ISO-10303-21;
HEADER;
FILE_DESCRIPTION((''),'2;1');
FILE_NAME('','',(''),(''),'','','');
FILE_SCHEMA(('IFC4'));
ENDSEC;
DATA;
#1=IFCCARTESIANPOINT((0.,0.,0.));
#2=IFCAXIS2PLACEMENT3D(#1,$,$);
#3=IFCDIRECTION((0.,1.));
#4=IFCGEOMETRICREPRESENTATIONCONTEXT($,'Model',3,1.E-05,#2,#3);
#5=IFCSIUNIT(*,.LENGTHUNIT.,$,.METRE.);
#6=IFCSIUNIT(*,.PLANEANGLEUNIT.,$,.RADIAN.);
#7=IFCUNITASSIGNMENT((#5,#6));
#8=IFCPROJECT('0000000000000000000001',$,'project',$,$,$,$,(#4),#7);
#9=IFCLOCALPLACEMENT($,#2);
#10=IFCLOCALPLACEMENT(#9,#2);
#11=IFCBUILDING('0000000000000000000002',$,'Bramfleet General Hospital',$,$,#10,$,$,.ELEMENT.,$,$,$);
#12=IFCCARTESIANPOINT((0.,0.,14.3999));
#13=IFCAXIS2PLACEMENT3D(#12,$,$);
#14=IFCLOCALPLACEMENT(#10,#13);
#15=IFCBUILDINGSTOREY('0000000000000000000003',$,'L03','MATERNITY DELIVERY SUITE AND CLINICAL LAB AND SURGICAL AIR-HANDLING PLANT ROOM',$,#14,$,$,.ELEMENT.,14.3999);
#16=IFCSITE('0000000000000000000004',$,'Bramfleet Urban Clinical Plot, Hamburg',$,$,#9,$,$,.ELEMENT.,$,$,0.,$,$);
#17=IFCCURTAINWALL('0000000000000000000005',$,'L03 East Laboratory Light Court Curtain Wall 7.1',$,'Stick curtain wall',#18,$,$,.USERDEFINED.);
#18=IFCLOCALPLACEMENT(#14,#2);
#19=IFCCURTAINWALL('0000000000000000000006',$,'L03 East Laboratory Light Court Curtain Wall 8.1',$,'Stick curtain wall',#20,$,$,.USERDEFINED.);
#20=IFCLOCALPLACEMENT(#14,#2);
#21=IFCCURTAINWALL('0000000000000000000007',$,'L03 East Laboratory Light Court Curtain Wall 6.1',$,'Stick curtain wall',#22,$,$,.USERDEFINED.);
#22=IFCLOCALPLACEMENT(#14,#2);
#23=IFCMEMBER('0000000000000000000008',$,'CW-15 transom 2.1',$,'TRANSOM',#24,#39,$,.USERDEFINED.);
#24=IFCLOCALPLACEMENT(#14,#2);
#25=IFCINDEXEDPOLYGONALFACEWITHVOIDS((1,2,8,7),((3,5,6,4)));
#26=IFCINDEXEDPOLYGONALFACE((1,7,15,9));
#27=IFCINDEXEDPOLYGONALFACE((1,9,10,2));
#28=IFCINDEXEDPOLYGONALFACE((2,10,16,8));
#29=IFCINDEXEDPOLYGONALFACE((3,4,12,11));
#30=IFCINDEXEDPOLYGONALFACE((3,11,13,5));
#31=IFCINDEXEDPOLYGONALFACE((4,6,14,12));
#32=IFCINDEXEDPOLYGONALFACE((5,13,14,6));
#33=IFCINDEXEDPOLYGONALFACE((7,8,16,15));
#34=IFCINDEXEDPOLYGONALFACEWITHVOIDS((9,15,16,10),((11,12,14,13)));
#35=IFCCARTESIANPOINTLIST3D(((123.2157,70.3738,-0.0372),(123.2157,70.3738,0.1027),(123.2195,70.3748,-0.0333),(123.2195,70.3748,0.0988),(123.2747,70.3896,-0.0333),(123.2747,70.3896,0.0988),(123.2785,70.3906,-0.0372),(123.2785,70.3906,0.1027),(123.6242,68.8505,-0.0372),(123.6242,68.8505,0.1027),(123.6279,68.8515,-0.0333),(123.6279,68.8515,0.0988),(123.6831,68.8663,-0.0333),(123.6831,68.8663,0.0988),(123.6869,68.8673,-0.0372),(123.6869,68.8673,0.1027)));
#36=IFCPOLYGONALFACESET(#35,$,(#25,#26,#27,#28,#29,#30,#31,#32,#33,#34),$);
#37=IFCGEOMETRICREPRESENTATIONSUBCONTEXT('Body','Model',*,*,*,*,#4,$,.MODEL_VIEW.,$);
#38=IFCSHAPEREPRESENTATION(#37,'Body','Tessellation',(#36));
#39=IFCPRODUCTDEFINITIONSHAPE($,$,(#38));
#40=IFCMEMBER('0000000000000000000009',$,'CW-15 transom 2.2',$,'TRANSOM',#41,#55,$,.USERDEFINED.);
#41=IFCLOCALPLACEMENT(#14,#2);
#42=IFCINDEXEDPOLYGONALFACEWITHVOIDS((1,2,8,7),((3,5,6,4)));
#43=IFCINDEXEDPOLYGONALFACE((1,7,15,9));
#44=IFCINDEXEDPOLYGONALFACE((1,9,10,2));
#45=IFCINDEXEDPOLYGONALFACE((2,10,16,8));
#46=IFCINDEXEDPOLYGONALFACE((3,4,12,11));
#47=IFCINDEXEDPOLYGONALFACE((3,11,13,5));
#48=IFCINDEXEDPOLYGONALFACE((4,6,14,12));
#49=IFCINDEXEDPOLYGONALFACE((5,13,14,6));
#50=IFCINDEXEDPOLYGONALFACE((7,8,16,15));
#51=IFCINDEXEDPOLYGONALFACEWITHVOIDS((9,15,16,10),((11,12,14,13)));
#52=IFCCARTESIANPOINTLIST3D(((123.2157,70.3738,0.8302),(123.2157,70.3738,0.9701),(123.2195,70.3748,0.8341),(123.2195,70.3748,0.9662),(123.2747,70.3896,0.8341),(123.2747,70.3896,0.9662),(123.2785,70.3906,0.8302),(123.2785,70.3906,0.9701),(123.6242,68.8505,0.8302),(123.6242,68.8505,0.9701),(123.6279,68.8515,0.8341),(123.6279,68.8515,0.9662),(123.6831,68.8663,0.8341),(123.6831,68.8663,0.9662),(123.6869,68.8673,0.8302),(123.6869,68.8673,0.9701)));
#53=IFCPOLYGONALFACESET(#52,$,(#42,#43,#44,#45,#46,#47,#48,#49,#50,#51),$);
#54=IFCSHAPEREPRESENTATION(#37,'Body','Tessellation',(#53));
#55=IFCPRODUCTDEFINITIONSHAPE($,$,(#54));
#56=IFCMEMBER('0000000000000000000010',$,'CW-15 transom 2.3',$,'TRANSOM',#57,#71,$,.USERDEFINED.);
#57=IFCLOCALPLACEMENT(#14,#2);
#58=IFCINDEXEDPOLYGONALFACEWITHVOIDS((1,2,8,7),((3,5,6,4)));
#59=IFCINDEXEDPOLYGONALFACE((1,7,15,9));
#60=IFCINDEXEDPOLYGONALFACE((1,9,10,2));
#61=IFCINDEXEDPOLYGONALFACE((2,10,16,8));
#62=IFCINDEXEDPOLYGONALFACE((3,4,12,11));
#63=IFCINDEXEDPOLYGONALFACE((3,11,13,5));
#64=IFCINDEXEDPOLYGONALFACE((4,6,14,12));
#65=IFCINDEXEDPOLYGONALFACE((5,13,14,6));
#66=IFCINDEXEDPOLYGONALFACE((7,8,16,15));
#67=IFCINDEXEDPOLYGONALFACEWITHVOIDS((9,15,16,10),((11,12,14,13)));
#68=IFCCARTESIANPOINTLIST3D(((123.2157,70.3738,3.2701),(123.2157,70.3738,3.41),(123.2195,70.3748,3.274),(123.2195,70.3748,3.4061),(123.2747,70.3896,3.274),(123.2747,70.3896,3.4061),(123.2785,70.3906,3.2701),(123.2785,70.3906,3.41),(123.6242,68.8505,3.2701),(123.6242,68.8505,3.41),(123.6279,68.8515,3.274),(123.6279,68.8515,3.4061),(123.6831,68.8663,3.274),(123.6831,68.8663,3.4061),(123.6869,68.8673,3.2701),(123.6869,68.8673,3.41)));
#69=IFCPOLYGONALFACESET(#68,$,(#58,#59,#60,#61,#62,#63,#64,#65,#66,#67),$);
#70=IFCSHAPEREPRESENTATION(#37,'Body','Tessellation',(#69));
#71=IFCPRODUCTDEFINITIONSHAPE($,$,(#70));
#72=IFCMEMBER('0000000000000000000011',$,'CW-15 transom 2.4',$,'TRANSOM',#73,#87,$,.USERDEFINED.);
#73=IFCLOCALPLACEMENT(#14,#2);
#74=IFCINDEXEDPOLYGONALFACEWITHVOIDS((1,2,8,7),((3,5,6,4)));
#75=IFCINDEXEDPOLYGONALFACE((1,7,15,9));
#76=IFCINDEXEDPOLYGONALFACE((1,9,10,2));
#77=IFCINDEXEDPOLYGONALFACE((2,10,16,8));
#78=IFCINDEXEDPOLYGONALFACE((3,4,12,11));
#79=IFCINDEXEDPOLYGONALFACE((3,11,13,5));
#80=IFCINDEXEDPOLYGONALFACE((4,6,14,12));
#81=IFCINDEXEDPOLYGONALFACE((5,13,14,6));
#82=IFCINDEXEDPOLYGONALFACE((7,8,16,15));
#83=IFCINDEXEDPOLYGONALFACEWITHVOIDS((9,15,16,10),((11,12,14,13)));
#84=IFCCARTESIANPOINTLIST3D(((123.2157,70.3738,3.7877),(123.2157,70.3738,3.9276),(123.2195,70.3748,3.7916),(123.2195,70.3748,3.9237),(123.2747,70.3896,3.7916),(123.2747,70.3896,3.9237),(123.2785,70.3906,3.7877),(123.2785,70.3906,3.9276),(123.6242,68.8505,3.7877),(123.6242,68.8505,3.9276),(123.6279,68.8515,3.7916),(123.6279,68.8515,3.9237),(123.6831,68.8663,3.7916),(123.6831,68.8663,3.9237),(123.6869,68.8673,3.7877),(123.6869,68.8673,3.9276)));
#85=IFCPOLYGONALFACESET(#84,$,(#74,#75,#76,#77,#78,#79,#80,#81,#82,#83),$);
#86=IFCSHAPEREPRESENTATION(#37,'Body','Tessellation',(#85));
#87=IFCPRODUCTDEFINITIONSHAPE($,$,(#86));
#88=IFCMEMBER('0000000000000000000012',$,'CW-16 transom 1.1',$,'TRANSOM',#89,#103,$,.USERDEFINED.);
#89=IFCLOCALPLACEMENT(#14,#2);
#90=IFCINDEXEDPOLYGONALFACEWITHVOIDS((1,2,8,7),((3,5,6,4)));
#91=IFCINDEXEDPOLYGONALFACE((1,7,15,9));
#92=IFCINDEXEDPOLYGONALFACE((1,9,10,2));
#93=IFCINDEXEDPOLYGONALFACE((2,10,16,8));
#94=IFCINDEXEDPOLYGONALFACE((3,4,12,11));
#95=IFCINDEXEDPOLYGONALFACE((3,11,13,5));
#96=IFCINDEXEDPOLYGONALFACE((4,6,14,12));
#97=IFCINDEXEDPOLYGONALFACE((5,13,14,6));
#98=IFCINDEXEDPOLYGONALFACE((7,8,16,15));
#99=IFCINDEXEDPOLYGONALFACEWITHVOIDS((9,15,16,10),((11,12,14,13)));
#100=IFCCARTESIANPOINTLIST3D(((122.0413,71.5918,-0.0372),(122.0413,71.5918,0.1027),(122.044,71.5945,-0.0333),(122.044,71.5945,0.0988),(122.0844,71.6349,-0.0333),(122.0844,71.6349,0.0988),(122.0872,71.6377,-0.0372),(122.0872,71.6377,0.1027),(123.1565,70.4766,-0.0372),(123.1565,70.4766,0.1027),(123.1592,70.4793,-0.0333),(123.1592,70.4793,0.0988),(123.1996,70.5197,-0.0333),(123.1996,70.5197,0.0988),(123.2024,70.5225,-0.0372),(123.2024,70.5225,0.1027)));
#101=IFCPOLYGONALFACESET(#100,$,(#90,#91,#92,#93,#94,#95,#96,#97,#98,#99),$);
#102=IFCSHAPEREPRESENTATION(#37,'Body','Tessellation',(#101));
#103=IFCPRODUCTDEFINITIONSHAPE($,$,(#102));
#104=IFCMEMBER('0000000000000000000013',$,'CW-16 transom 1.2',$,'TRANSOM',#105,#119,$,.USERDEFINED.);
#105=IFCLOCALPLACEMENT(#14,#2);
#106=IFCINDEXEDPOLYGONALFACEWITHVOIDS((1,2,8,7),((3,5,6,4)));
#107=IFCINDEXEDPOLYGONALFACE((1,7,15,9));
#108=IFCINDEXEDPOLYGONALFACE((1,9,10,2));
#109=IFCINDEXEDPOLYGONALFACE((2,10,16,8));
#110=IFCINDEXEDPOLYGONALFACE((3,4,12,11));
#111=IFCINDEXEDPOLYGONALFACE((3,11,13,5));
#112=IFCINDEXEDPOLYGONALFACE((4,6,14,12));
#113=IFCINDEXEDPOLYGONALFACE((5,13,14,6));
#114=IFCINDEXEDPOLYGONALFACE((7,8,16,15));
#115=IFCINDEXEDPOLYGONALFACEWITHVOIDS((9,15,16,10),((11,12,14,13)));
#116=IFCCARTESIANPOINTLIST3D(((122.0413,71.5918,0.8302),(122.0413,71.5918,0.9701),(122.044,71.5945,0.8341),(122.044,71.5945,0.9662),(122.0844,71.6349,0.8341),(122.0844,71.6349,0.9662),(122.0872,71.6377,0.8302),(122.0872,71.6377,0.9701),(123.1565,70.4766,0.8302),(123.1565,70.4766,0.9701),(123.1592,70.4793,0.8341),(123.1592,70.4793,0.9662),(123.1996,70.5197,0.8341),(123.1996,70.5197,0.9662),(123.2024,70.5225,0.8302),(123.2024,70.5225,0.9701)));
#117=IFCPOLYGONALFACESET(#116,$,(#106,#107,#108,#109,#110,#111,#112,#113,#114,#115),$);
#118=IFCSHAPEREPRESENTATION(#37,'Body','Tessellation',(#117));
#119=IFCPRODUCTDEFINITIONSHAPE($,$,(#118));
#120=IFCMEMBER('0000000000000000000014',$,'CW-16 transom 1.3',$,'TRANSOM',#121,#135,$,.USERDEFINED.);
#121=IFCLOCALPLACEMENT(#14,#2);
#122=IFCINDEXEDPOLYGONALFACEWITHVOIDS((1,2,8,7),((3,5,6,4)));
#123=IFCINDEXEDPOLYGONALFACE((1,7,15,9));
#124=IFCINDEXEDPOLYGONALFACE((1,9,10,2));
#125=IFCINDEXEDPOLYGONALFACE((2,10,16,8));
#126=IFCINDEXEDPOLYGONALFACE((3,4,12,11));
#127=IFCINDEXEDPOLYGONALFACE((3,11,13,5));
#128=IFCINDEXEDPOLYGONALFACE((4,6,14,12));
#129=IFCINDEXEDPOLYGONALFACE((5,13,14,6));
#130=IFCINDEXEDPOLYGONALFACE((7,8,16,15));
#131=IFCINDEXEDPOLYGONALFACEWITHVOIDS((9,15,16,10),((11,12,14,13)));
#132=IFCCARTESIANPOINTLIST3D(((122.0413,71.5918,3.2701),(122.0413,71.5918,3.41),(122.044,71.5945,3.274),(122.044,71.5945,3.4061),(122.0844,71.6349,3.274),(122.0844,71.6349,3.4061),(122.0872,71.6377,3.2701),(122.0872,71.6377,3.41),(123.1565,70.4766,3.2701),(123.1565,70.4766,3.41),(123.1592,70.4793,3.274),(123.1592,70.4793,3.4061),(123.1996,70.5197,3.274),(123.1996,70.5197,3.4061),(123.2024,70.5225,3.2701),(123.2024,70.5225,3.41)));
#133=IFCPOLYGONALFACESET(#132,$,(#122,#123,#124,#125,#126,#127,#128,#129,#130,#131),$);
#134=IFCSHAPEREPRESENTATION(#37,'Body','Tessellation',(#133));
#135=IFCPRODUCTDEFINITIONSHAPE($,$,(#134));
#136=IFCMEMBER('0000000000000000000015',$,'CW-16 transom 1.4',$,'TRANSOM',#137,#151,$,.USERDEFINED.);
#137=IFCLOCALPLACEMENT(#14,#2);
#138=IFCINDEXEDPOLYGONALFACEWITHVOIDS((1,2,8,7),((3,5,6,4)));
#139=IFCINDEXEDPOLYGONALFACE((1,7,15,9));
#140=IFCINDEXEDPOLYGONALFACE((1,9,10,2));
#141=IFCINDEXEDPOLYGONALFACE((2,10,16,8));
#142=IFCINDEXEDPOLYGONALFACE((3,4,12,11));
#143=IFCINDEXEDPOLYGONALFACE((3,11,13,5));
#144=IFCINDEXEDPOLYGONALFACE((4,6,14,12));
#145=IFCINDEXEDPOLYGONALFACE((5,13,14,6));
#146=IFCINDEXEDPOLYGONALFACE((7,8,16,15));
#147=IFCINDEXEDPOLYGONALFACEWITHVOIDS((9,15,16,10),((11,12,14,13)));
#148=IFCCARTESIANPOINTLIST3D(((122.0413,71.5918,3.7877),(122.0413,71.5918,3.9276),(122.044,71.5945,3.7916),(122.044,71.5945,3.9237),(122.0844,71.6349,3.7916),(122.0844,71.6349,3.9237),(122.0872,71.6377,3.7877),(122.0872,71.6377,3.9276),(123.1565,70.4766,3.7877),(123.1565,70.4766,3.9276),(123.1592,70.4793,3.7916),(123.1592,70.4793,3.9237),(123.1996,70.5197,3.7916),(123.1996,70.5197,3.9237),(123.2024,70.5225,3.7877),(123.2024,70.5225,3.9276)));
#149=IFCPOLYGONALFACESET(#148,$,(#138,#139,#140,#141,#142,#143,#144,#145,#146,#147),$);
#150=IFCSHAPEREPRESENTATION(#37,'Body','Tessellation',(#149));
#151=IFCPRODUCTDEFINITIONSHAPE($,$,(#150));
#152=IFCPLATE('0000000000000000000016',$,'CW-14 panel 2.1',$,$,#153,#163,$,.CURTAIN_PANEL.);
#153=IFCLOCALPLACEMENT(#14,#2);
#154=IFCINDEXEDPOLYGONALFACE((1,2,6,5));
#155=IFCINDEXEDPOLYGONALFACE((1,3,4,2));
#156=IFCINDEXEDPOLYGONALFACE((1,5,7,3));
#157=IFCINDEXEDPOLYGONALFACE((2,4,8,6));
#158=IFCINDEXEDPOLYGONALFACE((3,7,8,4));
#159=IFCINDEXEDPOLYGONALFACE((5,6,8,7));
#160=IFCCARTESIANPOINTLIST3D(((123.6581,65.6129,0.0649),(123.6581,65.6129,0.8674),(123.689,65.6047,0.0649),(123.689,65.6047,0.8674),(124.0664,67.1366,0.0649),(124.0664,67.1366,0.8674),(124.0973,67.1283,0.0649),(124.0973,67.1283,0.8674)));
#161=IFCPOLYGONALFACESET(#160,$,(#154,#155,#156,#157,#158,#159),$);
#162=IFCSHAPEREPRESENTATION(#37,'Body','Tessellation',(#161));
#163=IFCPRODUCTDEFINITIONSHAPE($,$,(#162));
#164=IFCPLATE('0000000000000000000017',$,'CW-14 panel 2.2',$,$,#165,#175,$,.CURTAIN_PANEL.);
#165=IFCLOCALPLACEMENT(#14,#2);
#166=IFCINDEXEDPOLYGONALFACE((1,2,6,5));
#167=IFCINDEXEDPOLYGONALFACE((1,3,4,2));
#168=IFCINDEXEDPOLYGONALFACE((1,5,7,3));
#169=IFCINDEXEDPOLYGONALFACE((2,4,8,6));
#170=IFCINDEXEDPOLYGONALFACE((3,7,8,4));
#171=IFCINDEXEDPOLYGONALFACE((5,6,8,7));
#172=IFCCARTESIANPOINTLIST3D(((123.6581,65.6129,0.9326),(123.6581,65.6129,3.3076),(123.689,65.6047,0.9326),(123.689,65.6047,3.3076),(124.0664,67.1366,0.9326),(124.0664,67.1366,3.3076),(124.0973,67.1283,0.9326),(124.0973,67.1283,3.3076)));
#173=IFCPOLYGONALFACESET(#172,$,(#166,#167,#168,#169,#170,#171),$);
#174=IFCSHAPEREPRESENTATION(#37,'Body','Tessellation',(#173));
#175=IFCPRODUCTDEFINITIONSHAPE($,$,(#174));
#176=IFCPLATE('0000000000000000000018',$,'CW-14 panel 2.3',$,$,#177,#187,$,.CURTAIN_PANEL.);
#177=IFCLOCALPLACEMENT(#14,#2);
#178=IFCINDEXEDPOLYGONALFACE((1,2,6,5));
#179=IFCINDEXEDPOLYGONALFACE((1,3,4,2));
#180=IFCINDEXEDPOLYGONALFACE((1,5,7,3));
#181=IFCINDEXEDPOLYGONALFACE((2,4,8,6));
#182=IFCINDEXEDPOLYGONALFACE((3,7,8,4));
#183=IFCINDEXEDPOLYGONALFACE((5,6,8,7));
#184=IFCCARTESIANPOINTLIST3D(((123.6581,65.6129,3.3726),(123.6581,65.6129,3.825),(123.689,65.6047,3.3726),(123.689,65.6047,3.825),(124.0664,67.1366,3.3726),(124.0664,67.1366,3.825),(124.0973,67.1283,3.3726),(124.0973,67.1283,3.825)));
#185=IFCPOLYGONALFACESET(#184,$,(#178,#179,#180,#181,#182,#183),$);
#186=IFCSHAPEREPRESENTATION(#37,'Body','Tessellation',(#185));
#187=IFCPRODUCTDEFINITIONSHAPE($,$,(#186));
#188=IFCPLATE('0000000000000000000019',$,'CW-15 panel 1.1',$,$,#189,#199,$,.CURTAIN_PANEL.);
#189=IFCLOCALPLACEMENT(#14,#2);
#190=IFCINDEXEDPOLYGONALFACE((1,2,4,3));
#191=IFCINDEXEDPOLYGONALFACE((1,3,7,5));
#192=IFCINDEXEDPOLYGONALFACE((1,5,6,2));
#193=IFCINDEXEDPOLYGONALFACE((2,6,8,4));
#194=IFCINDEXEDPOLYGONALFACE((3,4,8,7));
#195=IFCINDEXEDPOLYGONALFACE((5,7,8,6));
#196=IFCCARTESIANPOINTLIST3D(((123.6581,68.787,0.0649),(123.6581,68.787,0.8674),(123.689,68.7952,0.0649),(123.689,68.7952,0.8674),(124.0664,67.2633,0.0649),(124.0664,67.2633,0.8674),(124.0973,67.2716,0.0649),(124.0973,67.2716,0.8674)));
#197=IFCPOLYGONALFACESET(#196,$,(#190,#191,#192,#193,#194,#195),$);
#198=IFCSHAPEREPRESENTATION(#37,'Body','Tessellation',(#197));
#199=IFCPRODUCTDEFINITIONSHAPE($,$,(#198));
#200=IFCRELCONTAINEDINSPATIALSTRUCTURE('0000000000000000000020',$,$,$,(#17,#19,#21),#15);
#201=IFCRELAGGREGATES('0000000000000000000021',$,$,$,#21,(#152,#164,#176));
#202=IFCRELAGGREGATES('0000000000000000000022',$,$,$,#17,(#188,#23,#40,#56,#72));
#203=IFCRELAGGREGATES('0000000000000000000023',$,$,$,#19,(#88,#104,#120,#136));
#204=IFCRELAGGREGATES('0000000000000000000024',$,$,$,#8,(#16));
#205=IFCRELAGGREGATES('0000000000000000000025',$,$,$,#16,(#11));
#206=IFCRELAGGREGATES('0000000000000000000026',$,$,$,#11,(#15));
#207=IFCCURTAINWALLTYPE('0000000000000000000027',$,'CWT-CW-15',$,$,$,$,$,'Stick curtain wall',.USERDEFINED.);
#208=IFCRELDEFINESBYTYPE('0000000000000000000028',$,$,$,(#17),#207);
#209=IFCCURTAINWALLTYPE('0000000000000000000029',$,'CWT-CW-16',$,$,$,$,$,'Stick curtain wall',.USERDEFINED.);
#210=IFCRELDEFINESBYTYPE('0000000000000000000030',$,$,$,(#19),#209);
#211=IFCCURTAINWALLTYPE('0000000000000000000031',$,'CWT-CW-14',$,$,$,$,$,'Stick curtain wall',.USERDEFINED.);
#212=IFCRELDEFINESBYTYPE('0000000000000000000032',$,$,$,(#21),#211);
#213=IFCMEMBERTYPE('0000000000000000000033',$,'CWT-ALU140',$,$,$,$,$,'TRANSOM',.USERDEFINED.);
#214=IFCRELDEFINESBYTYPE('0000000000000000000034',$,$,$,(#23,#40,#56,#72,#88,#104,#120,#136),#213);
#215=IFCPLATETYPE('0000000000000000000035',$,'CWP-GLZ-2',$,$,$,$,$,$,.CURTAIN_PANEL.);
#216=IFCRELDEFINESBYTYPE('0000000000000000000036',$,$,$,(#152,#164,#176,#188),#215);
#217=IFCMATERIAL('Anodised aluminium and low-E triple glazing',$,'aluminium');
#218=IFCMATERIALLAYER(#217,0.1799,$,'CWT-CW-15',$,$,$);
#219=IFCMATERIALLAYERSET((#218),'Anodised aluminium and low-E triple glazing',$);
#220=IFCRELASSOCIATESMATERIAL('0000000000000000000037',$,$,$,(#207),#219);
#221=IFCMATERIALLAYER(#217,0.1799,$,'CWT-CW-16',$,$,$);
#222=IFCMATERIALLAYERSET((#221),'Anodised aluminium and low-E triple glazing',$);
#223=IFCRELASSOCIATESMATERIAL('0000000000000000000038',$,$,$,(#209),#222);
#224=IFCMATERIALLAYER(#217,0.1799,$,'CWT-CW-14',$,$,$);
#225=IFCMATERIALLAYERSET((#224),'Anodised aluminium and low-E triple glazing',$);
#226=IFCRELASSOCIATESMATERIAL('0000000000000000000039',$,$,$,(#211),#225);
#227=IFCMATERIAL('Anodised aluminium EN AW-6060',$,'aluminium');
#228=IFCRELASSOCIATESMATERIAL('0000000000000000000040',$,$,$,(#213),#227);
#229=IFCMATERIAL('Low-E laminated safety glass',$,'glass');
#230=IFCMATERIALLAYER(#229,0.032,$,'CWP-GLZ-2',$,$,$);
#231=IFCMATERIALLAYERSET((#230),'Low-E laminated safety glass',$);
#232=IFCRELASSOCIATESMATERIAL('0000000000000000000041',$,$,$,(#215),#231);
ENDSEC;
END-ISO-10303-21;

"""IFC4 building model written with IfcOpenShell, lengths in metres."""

from ifc_helpers import new_model, si_unit, direction, frame, origin, origin_2d, place, context, subcontext, project, spatial, rectangle, hollow_rectangle, extrude, material, layer, layer_set, material_profile, profile_set, type_object, element, aggregate, save


model = new_model("IFC4")

# Units and contexts
model_context = context("Model", 3, precision=1e-05, world=origin(), true_north=direction((0.0, 1.0)))
body_context = subcontext(model_context, "Body", "Model", "MODEL_VIEW")
ifc_project = project(units=[si_unit("LENGTHUNIT", "METRE"), si_unit("PLANEANGLEUNIT", "RADIAN")], contexts=[model_context])

# Site, building, storey
site_placement = place(None, origin())
site = spatial("IfcSite", under=ifc_project, at=site_placement, Name="Bramfleet Urban Clinical Plot, Hamburg", CompositionType="ELEMENT", RefElevation=0.0)
building_placement = place(site_placement, origin())
building = spatial("IfcBuilding", under=site, at=building_placement, Name="Bramfleet General Hospital", CompositionType="ELEMENT")
storey_placement = place(building_placement, frame((0.0, 0.0, 14.3999)))
storey = spatial("IfcBuildingStorey", under=building, at=storey_placement, Name="L03", Description="MATERNITY DELIVERY SUITE AND CLINICAL LAB AND SURGICAL AIR-HANDLING PLANT ROOM", CompositionType="ELEMENT", Elevation=14.3999)

# Curtain wall
ifc_material_1 = material(Name="Anodised aluminium and low-E triple glazing", Category="aluminium")
ifc_layer_1 = layer(ifc_material_1, 0.1799, Name="CWT-CW-15")
ifc_layer_set_1 = layer_set([ifc_layer_1], Name="Anodised aluminium and low-E triple glazing")
curtain_wall_type_1 = type_object("IfcCurtainWallType", Name="CWT-CW-15", ElementType="Stick curtain wall", PredefinedType="USERDEFINED", material=ifc_layer_set_1)
curtain_wall_1_placement = place(storey_placement, origin())
curtain_wall_1 = element("IfcCurtainWall", 1, at=curtain_wall_1_placement, inside=storey, type_object=curtain_wall_type_1, Name="L03 East Laboratory Light Court Curtain Wall 7.1", ObjectType="Stick curtain wall", PredefinedType="USERDEFINED")
ifc_material_2 = material(Name="Anodised aluminium EN AW-6060", Category="aluminium")

# Curtain wall
ifc_layer_2 = layer(ifc_material_1, 0.1799, Name="CWT-CW-16")
ifc_layer_set_2 = layer_set([ifc_layer_2], Name="Anodised aluminium and low-E triple glazing")
curtain_wall_type_2 = type_object("IfcCurtainWallType", Name="CWT-CW-16", ElementType="Stick curtain wall", PredefinedType="USERDEFINED", material=ifc_layer_set_2)
curtain_wall_2_placement = place(storey_placement, origin())
curtain_wall_2 = element("IfcCurtainWall", 2, at=curtain_wall_2_placement, inside=storey, type_object=curtain_wall_type_2, Name="L03 East Laboratory Light Court Curtain Wall 8.1", ObjectType="Stick curtain wall", PredefinedType="USERDEFINED")

# Curtain wall
ifc_layer_3 = layer(ifc_material_1, 0.1799, Name="CWT-CW-14")
ifc_layer_set_3 = layer_set([ifc_layer_3], Name="Anodised aluminium and low-E triple glazing")
curtain_wall_type_3 = type_object("IfcCurtainWallType", Name="CWT-CW-14", ElementType="Stick curtain wall", PredefinedType="USERDEFINED", material=ifc_layer_set_3)
curtain_wall_3_placement = place(storey_placement, origin())
curtain_wall_3 = element("IfcCurtainWall", 3, at=curtain_wall_3_placement, inside=storey, type_object=curtain_wall_type_3, Name="L03 East Laboratory Light Court Curtain Wall 6.1", ObjectType="Stick curtain wall", PredefinedType="USERDEFINED")
ifc_material_profile_1 = material_profile(ifc_material_2, hollow_rectangle(XDim=0.0649, YDim=0.1399, WallThickness=0.0039, at=origin_2d()), Name="ALU 140x65x4.0")
ifc_profile_set_1 = profile_set([ifc_material_profile_1], Name="Anodised aluminium EN AW-6060")
member_type_1 = type_object("IfcMemberType", Name="CWT-ALU140", ElementType="TRANSOM", PredefinedType="USERDEFINED", material=ifc_profile_set_1)

# Members
member_1_placement = place(storey_placement, frame((123.6555, 68.8589, 0.0327), z_axis=(-0.258963, 0.965887, 0.0), x_axis=(-0.965887, -0.258963, 0.0)))
member_1 = element("IfcMember", 4, at=member_1_placement, type_object=member_type_1, Name="CW-15 transom 2.1", ObjectType="TRANSOM", PredefinedType="USERDEFINED", context=body_context, shape_type="SweptSolid", body=[
    extrude(hollow_rectangle(XDim=0.0649, YDim=0.1399, WallThickness=0.0039, at=origin_2d()), origin(), (0.0, 0.0, 1.0), 1.5771),
])
member_2_placement = place(storey_placement, frame((123.6555, 68.8589, 0.9001), z_axis=(-0.258963, 0.965887, 0.0), x_axis=(-0.965887, -0.258963, 0.0)))
member_2 = element("IfcMember", 5, at=member_2_placement, type_object=member_type_1, Name="CW-15 transom 2.2", ObjectType="TRANSOM", PredefinedType="USERDEFINED", context=body_context, shape_type="SweptSolid", body=[
    extrude(hollow_rectangle(XDim=0.0649, YDim=0.1399, WallThickness=0.0039, at=origin_2d()), origin(), (0.0, 0.0, 1.0), 1.5771),
])
member_3_placement = place(storey_placement, frame((123.6555, 68.8589, 3.3401), z_axis=(-0.258963, 0.965887, 0.0), x_axis=(-0.965887, -0.258963, 0.0)))
member_3 = element("IfcMember", 6, at=member_3_placement, type_object=member_type_1, Name="CW-15 transom 2.3", ObjectType="TRANSOM", PredefinedType="USERDEFINED", context=body_context, shape_type="SweptSolid", body=[
    extrude(hollow_rectangle(XDim=0.0649, YDim=0.1399, WallThickness=0.0039, at=origin_2d()), origin(), (0.0, 0.0, 1.0), 1.5771),
])
member_4_placement = place(storey_placement, frame((123.6555, 68.8589, 3.8577), z_axis=(-0.258963, 0.965887, 0.0), x_axis=(-0.965887, -0.258963, 0.0)))
member_4 = element("IfcMember", 7, at=member_4_placement, type_object=member_type_1, Name="CW-15 transom 2.4", ObjectType="TRANSOM", PredefinedType="USERDEFINED", context=body_context, shape_type="SweptSolid", body=[
    extrude(hollow_rectangle(XDim=0.0649, YDim=0.1399, WallThickness=0.0039, at=origin_2d()), origin(), (0.0, 0.0, 1.0), 1.5771),
])
member_5_placement = place(storey_placement, frame((123.1794, 70.4995, 0.0327), z_axis=(-0.707107, 0.707107, 0.0), x_axis=(-0.707107, -0.707107, 0.0)))
member_5 = element("IfcMember", 8, at=member_5_placement, type_object=member_type_1, Name="CW-16 transom 1.1", ObjectType="TRANSOM", PredefinedType="USERDEFINED", context=body_context, shape_type="SweptSolid", body=[
    extrude(hollow_rectangle(XDim=0.0649, YDim=0.1399, WallThickness=0.0039, at=origin_2d()), origin(), (0.0, 0.0, 1.0), 1.5771),
])
member_6_placement = place(storey_placement, frame((123.1794, 70.4995, 0.9001), z_axis=(-0.707107, 0.707107, 0.0), x_axis=(-0.707107, -0.707107, 0.0)))
member_6 = element("IfcMember", 9, at=member_6_placement, type_object=member_type_1, Name="CW-16 transom 1.2", ObjectType="TRANSOM", PredefinedType="USERDEFINED", context=body_context, shape_type="SweptSolid", body=[
    extrude(hollow_rectangle(XDim=0.0649, YDim=0.1399, WallThickness=0.0039, at=origin_2d()), origin(), (0.0, 0.0, 1.0), 1.5771),
])
member_7_placement = place(storey_placement, frame((123.1794, 70.4995, 3.3401), z_axis=(-0.707107, 0.707107, 0.0), x_axis=(-0.707107, -0.707107, 0.0)))
member_7 = element("IfcMember", 10, at=member_7_placement, type_object=member_type_1, Name="CW-16 transom 1.3", ObjectType="TRANSOM", PredefinedType="USERDEFINED", context=body_context, shape_type="SweptSolid", body=[
    extrude(hollow_rectangle(XDim=0.0649, YDim=0.1399, WallThickness=0.0039, at=origin_2d()), origin(), (0.0, 0.0, 1.0), 1.5771),
])
member_8_placement = place(storey_placement, frame((123.1794, 70.4995, 3.8577), z_axis=(-0.707107, 0.707107, 0.0), x_axis=(-0.707107, -0.707107, 0.0)))
member_8 = element("IfcMember", 11, at=member_8_placement, type_object=member_type_1, Name="CW-16 transom 1.4", ObjectType="TRANSOM", PredefinedType="USERDEFINED", context=body_context, shape_type="SweptSolid", body=[
    extrude(hollow_rectangle(XDim=0.0649, YDim=0.1399, WallThickness=0.0039, at=origin_2d()), origin(), (0.0, 0.0, 1.0), 1.5771),
])

# Plates
ifc_material_3 = material(Name="Low-E laminated safety glass", Category="glass")
ifc_layer_4 = layer(ifc_material_3, 0.032, Name="CWP-GLZ-2")
ifc_layer_set_4 = layer_set([ifc_layer_4], Name="Low-E laminated safety glass")
plate_type = type_object("IfcPlateType", Name="CWP-GLZ-2", PredefinedType="CURTAIN_PANEL", material=ifc_layer_set_4)
plate_1_placement = place(storey_placement, frame((123.8777, 66.3706, 0.0649), z_axis=(0.0, 0.0, 1.0), x_axis=(0.258865, 0.965914, 0.0)))
plate_1 = element("IfcPlate", 12, at=plate_1_placement, type_object=plate_type, Name="CW-14 panel 2.1", PredefinedType="CURTAIN_PANEL", context=body_context, shape_type="SweptSolid", body=[
    extrude(rectangle(XDim=1.5774, YDim=0.032, at=origin_2d()), origin(), (0.0, 0.0, 1.0), 0.8025),
])
plate_2_placement = place(storey_placement, frame((123.8777, 66.3706, 0.9326), z_axis=(0.0, 0.0, 1.0), x_axis=(0.258865, 0.965914, 0.0)))
plate_2 = element("IfcPlate", 13, at=plate_2_placement, type_object=plate_type, Name="CW-14 panel 2.2", PredefinedType="CURTAIN_PANEL", context=body_context, shape_type="SweptSolid", body=[
    extrude(rectangle(XDim=1.5774, YDim=0.032, at=origin_2d()), origin(), (0.0, 0.0, 1.0), 2.375),
])
plate_3_placement = place(storey_placement, frame((123.8777, 66.3706, 3.3726), z_axis=(0.0, 0.0, 1.0), x_axis=(0.258865, 0.965914, 0.0)))
plate_3 = element("IfcPlate", 14, at=plate_3_placement, type_object=plate_type, Name="CW-14 panel 2.3", PredefinedType="CURTAIN_PANEL", context=body_context, shape_type="SweptSolid", body=[
    extrude(rectangle(XDim=1.5774, YDim=0.032, at=origin_2d()), origin(), (0.0, 0.0, 1.0), 0.4524),
])
aggregate(curtain_wall_3, [plate_1, plate_2, plate_3])
plate_4_placement = place(storey_placement, frame((123.8777, 68.0293, 0.0649), z_axis=(0.0, 0.0, 1.0), x_axis=(-0.258865, 0.965914, 0.0)))
plate_4 = element("IfcPlate", 15, at=plate_4_placement, type_object=plate_type, Name="CW-15 panel 1.1", PredefinedType="CURTAIN_PANEL", context=body_context, shape_type="SweptSolid", body=[
    extrude(rectangle(XDim=1.5774, YDim=0.032, at=origin_2d()), origin(), (0.0, 0.0, 1.0), 0.8025),
])
aggregate(curtain_wall_1, [plate_4, member_1, member_2, member_3, member_4])
aggregate(curtain_wall_2, [member_5, member_6, member_7, member_8])

save(model, "model.ifc")
